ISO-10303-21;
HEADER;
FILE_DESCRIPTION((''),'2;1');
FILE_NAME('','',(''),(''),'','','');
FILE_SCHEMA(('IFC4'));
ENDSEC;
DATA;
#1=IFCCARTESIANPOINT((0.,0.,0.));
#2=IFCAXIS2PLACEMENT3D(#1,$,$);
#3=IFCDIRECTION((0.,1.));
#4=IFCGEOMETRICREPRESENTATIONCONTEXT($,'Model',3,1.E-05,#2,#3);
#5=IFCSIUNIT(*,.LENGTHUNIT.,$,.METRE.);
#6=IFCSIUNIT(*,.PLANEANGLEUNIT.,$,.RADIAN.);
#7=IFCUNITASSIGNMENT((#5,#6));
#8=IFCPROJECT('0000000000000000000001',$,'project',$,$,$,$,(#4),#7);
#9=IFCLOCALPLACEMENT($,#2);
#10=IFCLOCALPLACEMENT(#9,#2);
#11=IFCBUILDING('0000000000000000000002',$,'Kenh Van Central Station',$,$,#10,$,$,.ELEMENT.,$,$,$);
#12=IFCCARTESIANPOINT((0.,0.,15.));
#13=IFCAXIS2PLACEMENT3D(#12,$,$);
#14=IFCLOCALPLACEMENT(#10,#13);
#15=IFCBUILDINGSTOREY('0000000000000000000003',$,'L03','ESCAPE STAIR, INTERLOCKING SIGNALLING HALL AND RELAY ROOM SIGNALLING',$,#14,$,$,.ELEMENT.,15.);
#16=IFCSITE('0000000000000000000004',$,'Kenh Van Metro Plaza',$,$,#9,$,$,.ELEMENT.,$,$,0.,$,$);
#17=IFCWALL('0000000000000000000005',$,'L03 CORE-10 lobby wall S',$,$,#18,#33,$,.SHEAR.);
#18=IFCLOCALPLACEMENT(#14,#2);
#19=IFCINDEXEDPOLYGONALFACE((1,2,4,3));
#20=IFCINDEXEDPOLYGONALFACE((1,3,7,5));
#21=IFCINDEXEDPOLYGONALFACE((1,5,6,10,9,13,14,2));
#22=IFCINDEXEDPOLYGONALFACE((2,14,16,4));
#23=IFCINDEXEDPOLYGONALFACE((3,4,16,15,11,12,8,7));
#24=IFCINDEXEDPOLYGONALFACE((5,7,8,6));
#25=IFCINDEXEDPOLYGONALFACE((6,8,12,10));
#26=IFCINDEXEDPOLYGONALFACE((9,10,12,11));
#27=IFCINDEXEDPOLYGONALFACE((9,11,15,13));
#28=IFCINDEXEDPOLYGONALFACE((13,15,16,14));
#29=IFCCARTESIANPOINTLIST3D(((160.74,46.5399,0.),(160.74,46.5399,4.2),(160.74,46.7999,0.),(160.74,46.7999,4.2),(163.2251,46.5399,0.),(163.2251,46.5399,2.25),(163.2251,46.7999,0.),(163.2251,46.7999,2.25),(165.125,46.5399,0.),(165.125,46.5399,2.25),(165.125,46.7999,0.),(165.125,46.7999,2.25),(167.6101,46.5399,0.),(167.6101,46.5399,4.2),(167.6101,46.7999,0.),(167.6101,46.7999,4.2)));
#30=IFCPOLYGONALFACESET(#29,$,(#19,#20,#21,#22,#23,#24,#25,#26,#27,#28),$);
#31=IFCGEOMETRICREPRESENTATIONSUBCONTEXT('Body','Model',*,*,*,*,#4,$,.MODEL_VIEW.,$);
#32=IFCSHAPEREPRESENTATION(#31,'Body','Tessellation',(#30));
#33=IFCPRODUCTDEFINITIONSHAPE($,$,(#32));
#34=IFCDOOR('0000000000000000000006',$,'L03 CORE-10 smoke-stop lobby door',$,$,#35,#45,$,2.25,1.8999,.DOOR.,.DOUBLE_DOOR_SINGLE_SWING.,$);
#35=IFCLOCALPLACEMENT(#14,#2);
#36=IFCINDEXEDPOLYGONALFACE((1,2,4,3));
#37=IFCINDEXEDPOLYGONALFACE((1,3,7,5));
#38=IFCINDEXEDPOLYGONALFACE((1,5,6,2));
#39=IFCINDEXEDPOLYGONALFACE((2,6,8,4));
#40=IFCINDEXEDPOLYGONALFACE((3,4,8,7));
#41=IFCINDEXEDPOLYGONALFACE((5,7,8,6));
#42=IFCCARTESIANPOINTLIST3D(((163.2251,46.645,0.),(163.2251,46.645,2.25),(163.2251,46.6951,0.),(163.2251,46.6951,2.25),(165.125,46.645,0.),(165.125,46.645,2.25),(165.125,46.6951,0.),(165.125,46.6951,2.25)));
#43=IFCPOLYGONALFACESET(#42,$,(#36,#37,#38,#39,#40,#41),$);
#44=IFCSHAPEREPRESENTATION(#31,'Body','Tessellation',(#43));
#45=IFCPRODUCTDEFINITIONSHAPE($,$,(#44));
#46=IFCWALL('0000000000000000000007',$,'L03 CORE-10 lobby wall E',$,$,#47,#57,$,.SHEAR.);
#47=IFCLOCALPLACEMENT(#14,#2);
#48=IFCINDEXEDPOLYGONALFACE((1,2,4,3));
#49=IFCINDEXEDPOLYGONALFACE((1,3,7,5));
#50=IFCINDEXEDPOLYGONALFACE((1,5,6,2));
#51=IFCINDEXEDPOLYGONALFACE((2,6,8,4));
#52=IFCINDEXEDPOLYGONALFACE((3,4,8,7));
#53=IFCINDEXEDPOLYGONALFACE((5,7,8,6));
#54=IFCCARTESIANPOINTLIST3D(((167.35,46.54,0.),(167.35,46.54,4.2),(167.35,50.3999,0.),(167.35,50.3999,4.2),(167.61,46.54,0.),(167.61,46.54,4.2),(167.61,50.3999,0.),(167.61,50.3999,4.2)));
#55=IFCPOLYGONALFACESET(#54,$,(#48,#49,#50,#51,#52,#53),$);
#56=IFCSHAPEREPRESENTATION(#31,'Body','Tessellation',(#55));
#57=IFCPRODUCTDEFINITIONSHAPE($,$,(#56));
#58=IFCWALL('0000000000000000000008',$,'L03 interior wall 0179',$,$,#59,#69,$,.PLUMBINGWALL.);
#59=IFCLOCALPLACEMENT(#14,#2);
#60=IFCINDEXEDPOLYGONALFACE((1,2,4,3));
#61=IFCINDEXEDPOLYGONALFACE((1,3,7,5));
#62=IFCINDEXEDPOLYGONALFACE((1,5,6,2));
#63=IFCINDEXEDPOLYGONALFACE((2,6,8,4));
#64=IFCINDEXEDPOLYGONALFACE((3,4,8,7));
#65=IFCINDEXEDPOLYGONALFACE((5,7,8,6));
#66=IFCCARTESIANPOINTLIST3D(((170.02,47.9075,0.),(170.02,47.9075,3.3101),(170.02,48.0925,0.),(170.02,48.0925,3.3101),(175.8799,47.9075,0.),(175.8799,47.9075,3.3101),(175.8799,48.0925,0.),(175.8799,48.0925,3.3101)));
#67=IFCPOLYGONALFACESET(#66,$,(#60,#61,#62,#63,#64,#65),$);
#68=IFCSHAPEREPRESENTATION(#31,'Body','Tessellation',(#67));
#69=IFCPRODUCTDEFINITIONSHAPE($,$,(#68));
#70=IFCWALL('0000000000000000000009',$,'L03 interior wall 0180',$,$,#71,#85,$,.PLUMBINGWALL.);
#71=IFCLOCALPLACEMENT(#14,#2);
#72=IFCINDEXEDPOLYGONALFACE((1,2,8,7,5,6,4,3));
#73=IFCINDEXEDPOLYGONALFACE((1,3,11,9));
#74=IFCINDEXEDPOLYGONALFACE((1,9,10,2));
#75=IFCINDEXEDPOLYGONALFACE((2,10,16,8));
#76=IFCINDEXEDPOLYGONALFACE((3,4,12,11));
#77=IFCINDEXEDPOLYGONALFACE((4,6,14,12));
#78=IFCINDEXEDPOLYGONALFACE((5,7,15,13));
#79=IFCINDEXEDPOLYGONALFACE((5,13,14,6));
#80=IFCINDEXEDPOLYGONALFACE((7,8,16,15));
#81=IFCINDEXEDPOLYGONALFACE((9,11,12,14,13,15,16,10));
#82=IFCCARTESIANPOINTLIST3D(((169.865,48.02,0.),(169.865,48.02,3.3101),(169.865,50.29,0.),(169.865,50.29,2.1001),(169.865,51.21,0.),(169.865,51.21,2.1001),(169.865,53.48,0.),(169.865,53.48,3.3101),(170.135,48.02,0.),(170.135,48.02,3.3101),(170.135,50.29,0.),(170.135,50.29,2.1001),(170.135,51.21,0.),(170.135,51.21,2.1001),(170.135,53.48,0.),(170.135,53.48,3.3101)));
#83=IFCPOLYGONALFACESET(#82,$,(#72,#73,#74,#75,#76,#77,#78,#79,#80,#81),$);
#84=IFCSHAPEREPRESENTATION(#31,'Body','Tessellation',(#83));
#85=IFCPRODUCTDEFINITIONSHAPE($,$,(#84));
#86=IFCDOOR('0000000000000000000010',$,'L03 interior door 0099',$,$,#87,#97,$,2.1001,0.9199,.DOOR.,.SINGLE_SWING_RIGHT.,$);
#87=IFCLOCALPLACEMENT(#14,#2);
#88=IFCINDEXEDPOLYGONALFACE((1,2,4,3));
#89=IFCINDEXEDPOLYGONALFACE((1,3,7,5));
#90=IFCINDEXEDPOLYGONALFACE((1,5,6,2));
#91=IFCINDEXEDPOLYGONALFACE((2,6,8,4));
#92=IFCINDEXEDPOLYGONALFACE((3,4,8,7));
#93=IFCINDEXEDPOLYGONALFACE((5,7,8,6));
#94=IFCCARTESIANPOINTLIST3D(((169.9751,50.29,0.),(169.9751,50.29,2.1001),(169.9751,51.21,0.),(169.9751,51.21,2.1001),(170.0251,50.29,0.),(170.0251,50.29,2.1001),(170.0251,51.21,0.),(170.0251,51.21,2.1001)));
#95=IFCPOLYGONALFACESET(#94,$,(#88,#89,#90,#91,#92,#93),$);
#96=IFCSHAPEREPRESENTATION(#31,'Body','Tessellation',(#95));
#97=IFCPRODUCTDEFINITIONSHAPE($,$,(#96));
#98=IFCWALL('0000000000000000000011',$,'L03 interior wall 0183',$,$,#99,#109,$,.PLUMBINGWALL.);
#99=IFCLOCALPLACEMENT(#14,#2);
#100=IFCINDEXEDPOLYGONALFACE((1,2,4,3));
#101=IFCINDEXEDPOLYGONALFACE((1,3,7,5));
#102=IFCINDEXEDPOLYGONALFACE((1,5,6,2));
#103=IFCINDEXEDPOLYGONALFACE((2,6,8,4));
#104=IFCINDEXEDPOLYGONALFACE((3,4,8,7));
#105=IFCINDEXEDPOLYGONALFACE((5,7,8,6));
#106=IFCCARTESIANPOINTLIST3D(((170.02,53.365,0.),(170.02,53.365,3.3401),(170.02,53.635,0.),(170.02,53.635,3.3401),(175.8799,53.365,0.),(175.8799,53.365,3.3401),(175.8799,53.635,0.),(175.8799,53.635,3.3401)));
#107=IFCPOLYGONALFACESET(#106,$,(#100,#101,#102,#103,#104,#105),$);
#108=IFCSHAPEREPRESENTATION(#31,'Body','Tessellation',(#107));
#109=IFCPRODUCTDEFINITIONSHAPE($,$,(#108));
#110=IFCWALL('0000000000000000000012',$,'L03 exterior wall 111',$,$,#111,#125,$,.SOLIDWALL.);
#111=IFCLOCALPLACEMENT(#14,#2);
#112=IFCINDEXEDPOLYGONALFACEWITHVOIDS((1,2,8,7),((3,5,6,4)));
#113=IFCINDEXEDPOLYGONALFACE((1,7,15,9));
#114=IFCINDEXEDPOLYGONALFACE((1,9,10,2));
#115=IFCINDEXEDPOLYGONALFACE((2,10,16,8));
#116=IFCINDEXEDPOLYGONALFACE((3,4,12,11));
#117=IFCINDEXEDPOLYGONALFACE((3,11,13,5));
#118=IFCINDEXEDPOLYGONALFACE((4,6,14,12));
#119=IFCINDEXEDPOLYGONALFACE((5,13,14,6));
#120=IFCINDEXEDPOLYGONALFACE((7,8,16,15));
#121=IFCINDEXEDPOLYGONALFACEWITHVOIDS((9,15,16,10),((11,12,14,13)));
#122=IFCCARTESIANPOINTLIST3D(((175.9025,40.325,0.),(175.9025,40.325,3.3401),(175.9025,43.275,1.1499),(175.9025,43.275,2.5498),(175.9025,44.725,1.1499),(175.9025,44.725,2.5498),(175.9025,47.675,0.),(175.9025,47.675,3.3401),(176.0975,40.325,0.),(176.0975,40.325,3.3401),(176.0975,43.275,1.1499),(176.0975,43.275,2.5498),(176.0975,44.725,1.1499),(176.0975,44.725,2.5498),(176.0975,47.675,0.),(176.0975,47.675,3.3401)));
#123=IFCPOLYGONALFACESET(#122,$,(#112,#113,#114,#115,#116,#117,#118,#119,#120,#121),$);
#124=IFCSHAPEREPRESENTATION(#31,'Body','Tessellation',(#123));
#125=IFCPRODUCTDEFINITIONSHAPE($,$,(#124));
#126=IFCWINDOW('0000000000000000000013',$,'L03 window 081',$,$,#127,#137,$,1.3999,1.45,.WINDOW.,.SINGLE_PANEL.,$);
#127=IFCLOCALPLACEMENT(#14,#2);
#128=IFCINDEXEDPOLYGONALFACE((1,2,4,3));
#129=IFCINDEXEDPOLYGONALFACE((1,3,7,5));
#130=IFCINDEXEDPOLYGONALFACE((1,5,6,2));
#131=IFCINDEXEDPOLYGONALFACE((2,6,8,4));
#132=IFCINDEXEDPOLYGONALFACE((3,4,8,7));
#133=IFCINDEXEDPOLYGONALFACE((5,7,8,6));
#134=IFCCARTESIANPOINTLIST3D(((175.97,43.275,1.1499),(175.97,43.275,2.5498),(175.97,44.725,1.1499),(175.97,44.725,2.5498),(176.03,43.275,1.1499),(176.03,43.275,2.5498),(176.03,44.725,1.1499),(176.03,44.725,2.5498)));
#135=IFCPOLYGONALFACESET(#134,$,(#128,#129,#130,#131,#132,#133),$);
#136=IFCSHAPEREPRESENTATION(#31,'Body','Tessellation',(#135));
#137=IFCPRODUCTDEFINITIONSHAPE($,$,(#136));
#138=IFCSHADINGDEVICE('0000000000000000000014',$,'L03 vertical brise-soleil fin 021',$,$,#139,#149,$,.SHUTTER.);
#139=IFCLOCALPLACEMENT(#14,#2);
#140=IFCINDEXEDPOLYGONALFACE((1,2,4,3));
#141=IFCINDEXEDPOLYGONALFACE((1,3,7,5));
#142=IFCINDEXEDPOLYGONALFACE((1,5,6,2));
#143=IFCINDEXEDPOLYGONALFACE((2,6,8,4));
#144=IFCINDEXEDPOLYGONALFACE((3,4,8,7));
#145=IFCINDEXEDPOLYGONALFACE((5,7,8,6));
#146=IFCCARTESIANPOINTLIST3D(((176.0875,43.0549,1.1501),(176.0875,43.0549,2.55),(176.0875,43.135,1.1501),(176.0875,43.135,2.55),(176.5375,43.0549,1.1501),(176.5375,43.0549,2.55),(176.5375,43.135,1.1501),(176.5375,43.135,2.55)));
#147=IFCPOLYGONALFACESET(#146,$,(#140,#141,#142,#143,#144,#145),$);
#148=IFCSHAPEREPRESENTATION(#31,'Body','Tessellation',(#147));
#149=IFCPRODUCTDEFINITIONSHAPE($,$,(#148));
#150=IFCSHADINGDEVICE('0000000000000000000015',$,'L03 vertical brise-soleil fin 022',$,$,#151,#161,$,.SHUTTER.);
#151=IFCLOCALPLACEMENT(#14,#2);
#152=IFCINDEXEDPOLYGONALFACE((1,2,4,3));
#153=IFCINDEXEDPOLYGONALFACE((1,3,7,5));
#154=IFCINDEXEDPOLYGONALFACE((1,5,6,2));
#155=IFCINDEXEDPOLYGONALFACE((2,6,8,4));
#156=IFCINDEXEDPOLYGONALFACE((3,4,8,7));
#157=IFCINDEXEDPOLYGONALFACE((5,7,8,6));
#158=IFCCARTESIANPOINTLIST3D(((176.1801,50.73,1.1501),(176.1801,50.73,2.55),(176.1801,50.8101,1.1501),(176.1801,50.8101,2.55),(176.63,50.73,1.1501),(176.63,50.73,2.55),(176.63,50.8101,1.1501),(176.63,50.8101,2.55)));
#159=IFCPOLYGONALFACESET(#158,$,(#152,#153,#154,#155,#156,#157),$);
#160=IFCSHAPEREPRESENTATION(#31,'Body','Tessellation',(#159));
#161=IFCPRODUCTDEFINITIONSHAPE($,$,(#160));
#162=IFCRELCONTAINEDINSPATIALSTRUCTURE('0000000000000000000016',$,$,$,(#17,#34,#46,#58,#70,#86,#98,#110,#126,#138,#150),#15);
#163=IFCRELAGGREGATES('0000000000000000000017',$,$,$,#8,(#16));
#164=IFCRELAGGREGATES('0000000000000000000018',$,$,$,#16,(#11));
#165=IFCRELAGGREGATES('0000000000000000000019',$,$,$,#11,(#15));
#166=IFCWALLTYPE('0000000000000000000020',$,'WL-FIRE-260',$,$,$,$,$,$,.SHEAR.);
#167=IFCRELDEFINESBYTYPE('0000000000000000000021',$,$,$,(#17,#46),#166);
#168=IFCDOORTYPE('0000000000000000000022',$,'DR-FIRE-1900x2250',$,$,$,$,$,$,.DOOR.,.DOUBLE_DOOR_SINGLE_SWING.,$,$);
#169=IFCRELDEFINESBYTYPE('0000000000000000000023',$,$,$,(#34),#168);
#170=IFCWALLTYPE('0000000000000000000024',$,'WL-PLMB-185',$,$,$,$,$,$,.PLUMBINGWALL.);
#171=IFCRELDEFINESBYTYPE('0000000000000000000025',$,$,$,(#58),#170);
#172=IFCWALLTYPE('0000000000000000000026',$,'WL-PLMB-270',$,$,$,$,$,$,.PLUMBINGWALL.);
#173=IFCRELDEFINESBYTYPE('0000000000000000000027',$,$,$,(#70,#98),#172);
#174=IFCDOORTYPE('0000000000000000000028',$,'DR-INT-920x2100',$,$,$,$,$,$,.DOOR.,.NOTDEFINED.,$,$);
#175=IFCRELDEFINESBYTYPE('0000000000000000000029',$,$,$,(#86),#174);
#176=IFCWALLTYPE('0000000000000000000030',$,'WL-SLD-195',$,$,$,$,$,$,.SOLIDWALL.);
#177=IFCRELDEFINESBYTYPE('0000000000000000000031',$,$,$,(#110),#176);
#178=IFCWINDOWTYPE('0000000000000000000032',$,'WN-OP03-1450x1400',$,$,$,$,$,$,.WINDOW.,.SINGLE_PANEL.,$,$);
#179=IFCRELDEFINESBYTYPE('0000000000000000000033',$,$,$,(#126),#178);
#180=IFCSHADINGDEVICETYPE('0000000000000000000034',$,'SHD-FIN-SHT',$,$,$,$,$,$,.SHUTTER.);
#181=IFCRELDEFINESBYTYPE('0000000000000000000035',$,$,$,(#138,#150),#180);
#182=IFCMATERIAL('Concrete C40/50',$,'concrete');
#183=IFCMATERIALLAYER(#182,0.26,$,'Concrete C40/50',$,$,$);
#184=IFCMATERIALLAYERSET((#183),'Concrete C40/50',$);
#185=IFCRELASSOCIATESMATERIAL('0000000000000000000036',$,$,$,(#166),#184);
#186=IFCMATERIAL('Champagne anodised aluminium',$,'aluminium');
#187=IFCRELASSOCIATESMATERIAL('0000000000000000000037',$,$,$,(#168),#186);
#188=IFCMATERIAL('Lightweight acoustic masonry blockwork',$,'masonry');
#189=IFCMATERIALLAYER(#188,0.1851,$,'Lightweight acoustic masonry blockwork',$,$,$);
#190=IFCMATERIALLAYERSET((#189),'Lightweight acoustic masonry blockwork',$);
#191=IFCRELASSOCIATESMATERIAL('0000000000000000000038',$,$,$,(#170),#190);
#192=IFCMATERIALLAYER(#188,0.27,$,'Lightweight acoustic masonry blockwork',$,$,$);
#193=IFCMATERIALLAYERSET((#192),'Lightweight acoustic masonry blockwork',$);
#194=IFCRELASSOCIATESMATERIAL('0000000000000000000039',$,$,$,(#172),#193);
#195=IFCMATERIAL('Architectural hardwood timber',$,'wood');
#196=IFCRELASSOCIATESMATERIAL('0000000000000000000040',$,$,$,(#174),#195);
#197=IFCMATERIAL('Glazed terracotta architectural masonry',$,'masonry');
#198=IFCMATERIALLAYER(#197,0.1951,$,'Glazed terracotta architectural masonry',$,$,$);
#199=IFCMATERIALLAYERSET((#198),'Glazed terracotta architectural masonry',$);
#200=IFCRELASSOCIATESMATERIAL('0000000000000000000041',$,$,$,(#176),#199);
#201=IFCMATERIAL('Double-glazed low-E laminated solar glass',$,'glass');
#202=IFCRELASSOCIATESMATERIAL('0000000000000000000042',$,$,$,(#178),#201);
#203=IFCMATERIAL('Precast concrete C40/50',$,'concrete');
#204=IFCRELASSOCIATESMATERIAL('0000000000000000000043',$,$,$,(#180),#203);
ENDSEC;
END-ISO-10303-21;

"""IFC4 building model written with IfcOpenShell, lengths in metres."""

from ifc_helpers import new_model, si_unit, direction, frame, frame_2d, origin, origin_2d, place, context, subcontext, project, spatial, rectangle, extrude, material, layer, layer_set, type_object, element, fill, save


model = new_model("IFC4")

# Units and contexts
model_context = context("Model", 3, precision=1e-05, world=origin(), true_north=direction((0.0, 1.0)))
body_context = subcontext(model_context, "Body", "Model", "MODEL_VIEW")
ifc_project = project(units=[si_unit("LENGTHUNIT", "METRE"), si_unit("PLANEANGLEUNIT", "RADIAN")], contexts=[model_context])

# Site, building, storey
site_placement = place(None, origin())
site = spatial("IfcSite", under=ifc_project, at=site_placement, Name="Kenh Van Metro Plaza", CompositionType="ELEMENT", RefElevation=0.0)
building_placement = place(site_placement, origin())
building = spatial("IfcBuilding", under=site, at=building_placement, Name="Kenh Van Central Station", CompositionType="ELEMENT")
storey_placement = place(building_placement, frame((0.0, 0.0, 15.0)))
storey = spatial("IfcBuildingStorey", under=building, at=storey_placement, Name="L03", Description="ESCAPE STAIR, INTERLOCKING SIGNALLING HALL AND RELAY ROOM SIGNALLING", CompositionType="ELEMENT", Elevation=15.0)

# Shared definitions
ifc_material_1 = material(Name="Concrete C40/50", Category="concrete")

# Shared definitions
ifc_material_2 = material(Name="Double-glazed low-E laminated solar glass", Category="glass")

# Wall, opening, door
ifc_layer_1 = layer(ifc_material_1, 0.26, Name="Concrete C40/50")
ifc_layer_set_1 = layer_set([ifc_layer_1], Name="Concrete C40/50")
wall_type_1 = type_object("IfcWallType", Name="WL-FIRE-260", PredefinedType="SHEAR", material=ifc_layer_set_1)
wall_1_placement = place(storey_placement, frame((167.6101, 46.6699, 0.0), z_axis=(0.0, 0.0, 1.0), x_axis=(-1.0, 0.0, 0.0)))
wall_1 = element("IfcWall", 1, at=wall_1_placement, inside=storey, type_object=wall_type_1, Name="L03 CORE-10 lobby wall S", PredefinedType="SHEAR", context=body_context, shape_type="SweptSolid", body=[
    extrude(rectangle(XDim=6.8701, YDim=0.26, at=frame_2d((3.4351, 0.0))), origin(), (0.0, 0.0, 1.0), 4.2),
])
opening_1_placement = place(wall_1_placement, frame((2.4851, 0.0, 0.0)))
opening_1 = element("IfcOpeningElement", 2, at=opening_1_placement, cuts=wall_1, PredefinedType="OPENING", context=body_context, shape_type="SweptSolid", body=[
    extrude(rectangle(XDim=1.8999, YDim=2.25, at=frame_2d((0.95, 1.125))), frame((0.0, 0.1399, 0.0), z_axis=(0.0, -1.0, 0.0), x_axis=(1.0, 0.0, 0.0)), (0.0, 0.0, 1.0), 0.28),
])
ifc_material_3 = material(Name="Champagne anodised aluminium", Category="aluminium")
door_type_1 = type_object("IfcDoorType", Name="DR-FIRE-1900x2250", OperationType="DOUBLE_DOOR_SINGLE_SWING", PredefinedType="DOOR", material=ifc_material_3)
door_1_placement = place(opening_1_placement, origin())
door_1 = element("IfcDoor", 3, at=door_1_placement, inside=storey, type_object=door_type_1, Name="L03 CORE-10 smoke-stop lobby door", OperationType="DOUBLE_DOOR_SINGLE_SWING", OverallHeight=2.25, OverallWidth=1.8999, PredefinedType="DOOR", context=body_context, shape_type="SweptSolid", body=[
    extrude(rectangle(XDim=1.8999, YDim=2.25, at=frame_2d((0.95, 1.125))), frame((0.0, 0.0249, 0.0), z_axis=(0.0, -1.0, 0.0), x_axis=(1.0, 0.0, 0.0)), (0.0, 0.0, 1.0), 0.05),
])
fill(opening_1, door_1)

# Walls
wall_2_placement = place(storey_placement, frame((167.48, 46.54, 0.0), z_axis=(0.0, 0.0, 1.0), x_axis=(0.0, 1.0, 0.0)))
element("IfcWall", 4, at=wall_2_placement, inside=storey, type_object=wall_type_1, Name="L03 CORE-10 lobby wall E", PredefinedType="SHEAR", context=body_context, shape_type="SweptSolid", body=[
    extrude(rectangle(XDim=3.8599, YDim=0.26, at=frame_2d((1.9299, 0.0))), origin(), (0.0, 0.0, 1.0), 4.2),
])
ifc_material_4 = material(Name="Lightweight acoustic masonry blockwork", Category="masonry")
ifc_layer_2 = layer(ifc_material_4, 0.1851, Name="Lightweight acoustic masonry blockwork")
ifc_layer_set_2 = layer_set([ifc_layer_2], Name="Lightweight acoustic masonry blockwork")
wall_type_2 = type_object("IfcWallType", Name="WL-PLMB-185", PredefinedType="PLUMBINGWALL", material=ifc_layer_set_2)
wall_3_placement = place(storey_placement, frame((170.02, 48.0, 0.0), z_axis=(0.0, 0.0, 1.0), x_axis=(1.0, 0.0, 0.0)))
element("IfcWall", 5, at=wall_3_placement, inside=storey, type_object=wall_type_2, Name="L03 interior wall 0179", PredefinedType="PLUMBINGWALL", context=body_context, shape_type="SweptSolid", body=[
    extrude(rectangle(XDim=5.8599, YDim=0.1851, at=frame_2d((2.9299, 0.0))), origin(), (0.0, 0.0, 1.0), 3.3101),
])

# Wall, opening, door
ifc_layer_3 = layer(ifc_material_4, 0.27, Name="Lightweight acoustic masonry blockwork")
ifc_layer_set_3 = layer_set([ifc_layer_3], Name="Lightweight acoustic masonry blockwork")
wall_type_3 = type_object("IfcWallType", Name="WL-PLMB-270", PredefinedType="PLUMBINGWALL", material=ifc_layer_set_3)
wall_4_placement = place(storey_placement, frame((170.0, 48.02, 0.0), z_axis=(0.0, 0.0, 1.0), x_axis=(0.0, 1.0, 0.0)))
wall_4 = element("IfcWall", 6, at=wall_4_placement, inside=storey, type_object=wall_type_3, Name="L03 interior wall 0180", PredefinedType="PLUMBINGWALL", context=body_context, shape_type="SweptSolid", body=[
    extrude(rectangle(XDim=5.46, YDim=0.27, at=frame_2d((2.73, 0.0))), origin(), (0.0, 0.0, 1.0), 3.3101),
])
opening_2_placement = place(wall_4_placement, frame((2.27, 0.0, 0.0)))
opening_2 = element("IfcOpeningElement", 7, at=opening_2_placement, cuts=wall_4, PredefinedType="OPENING", context=body_context, shape_type="SweptSolid", body=[
    extrude(rectangle(XDim=0.9199, YDim=2.1001, at=frame_2d((0.46, 1.05))), frame((0.0, 0.145, 0.0), z_axis=(0.0, -1.0, 0.0), x_axis=(1.0, 0.0, 0.0)), (0.0, 0.0, 1.0), 0.29),
])
ifc_material_5 = material(Name="Architectural hardwood timber", Category="wood")
door_type_2 = type_object("IfcDoorType", Name="DR-INT-920x2100", OperationType="NOTDEFINED", PredefinedType="DOOR", material=ifc_material_5)
door_2_placement = place(opening_2_placement, origin())
door_2 = element("IfcDoor", 8, at=door_2_placement, inside=storey, type_object=door_type_2, Name="L03 interior door 0099", OperationType="SINGLE_SWING_RIGHT", OverallHeight=2.1001, OverallWidth=0.9199, PredefinedType="DOOR", context=body_context, shape_type="SweptSolid", body=[
    extrude(rectangle(XDim=0.9199, YDim=2.1001, at=frame_2d((0.46, 1.05))), frame((0.0, 0.0249, 0.0), z_axis=(0.0, -1.0, 0.0), x_axis=(1.0, 0.0, 0.0)), (0.0, 0.0, 1.0), 0.05),
])
fill(opening_2, door_2)

# Wall
wall_5_placement = place(storey_placement, frame((170.02, 53.5, 0.0), z_axis=(0.0, 0.0, 1.0), x_axis=(1.0, 0.0, 0.0)))
element("IfcWall", 9, at=wall_5_placement, inside=storey, type_object=wall_type_3, Name="L03 interior wall 0183", PredefinedType="PLUMBINGWALL", context=body_context, shape_type="SweptSolid", body=[
    extrude(rectangle(XDim=5.8599, YDim=0.27, at=frame_2d((2.9299, 0.0))), origin(), (0.0, 0.0, 1.0), 3.3401),
])

# Wall, opening, window
ifc_material_6 = material(Name="Glazed terracotta architectural masonry", Category="masonry")
ifc_layer_4 = layer(ifc_material_6, 0.1951, Name="Glazed terracotta architectural masonry")
ifc_layer_set_4 = layer_set([ifc_layer_4], Name="Glazed terracotta architectural masonry")
wall_type_4 = type_object("IfcWallType", Name="WL-SLD-195", PredefinedType="SOLIDWALL", material=ifc_layer_set_4)
wall_6_placement = place(storey_placement, frame((176.0, 40.325, 0.0), z_axis=(0.0, 0.0, 1.0), x_axis=(0.0, 1.0, 0.0)))
wall_6 = element("IfcWall", 10, at=wall_6_placement, inside=storey, type_object=wall_type_4, Name="L03 exterior wall 111", PredefinedType="SOLIDWALL", context=body_context, shape_type="SweptSolid", body=[
    extrude(rectangle(XDim=7.3501, YDim=0.1951, at=frame_2d((3.675, 0.0))), origin(), (0.0, 0.0, 1.0), 3.3401),
])
opening_3_placement = place(wall_6_placement, frame((2.95, 0.0, 1.1499)))
opening_3 = element("IfcOpeningElement", 11, at=opening_3_placement, cuts=wall_6, PredefinedType="OPENING", context=body_context, shape_type="SweptSolid", body=[
    extrude(rectangle(XDim=1.45, YDim=1.3999, at=frame_2d((0.7251, 0.7))), frame((0.0, 0.1074, 0.0), z_axis=(0.0, -1.0, 0.0), x_axis=(1.0, 0.0, 0.0)), (0.0, 0.0, 1.0), 0.2151),
])
window_type_1 = type_object("IfcWindowType", Name="WN-OP03-1450x1400", PartitioningType="SINGLE_PANEL", PredefinedType="WINDOW", material=ifc_material_2)
window_1_placement = place(opening_3_placement, origin())
window_1 = element("IfcWindow", 12, at=window_1_placement, inside=storey, type_object=window_type_1, Name="L03 window 081", OverallHeight=1.3999, OverallWidth=1.45, PartitioningType="SINGLE_PANEL", PredefinedType="WINDOW", context=body_context, shape_type="SweptSolid", body=[
    extrude(rectangle(XDim=1.45, YDim=1.3999, at=frame_2d((0.7251, 0.7))), frame((0.0, 0.03, 0.0), z_axis=(0.0, -1.0, 0.0), x_axis=(1.0, 0.0, 0.0)), (0.0, 0.0, 1.0), 0.0601),
])
fill(opening_3, window_1)

# Shading devices
ifc_material_7 = material(Name="Precast concrete C40/50", Category="concrete")
shading_device_type = type_object("IfcShadingDeviceType", Name="SHD-FIN-SHT", PredefinedType="SHUTTER", material=ifc_material_7)
for number, where, z_axis, x_axis, name in (
    (13, (176.3125, 43.095, 1.1501), (0.0, 0.0, 1.0), (1.0, 0.0, 0.0), "L03 vertical brise-soleil fin 021"),
    (14, (176.405, 50.77, 1.1501), (0.0, 0.0, 1.0), (1.0, 0.0, 0.0), "L03 vertical brise-soleil fin 022"),
):
    element("IfcShadingDevice", number, at=place(storey_placement, frame(where, z_axis=z_axis, x_axis=x_axis)), inside=storey, type_object=shading_device_type, Name=name, PredefinedType="SHUTTER", context=body_context, shape_type="SweptSolid", body=[
        extrude(rectangle(XDim=0.45, YDim=0.0801, at=origin_2d()), origin(), (0.0, 0.0, 1.0), 1.3999),
    ])

save(model, "model.ifc")
